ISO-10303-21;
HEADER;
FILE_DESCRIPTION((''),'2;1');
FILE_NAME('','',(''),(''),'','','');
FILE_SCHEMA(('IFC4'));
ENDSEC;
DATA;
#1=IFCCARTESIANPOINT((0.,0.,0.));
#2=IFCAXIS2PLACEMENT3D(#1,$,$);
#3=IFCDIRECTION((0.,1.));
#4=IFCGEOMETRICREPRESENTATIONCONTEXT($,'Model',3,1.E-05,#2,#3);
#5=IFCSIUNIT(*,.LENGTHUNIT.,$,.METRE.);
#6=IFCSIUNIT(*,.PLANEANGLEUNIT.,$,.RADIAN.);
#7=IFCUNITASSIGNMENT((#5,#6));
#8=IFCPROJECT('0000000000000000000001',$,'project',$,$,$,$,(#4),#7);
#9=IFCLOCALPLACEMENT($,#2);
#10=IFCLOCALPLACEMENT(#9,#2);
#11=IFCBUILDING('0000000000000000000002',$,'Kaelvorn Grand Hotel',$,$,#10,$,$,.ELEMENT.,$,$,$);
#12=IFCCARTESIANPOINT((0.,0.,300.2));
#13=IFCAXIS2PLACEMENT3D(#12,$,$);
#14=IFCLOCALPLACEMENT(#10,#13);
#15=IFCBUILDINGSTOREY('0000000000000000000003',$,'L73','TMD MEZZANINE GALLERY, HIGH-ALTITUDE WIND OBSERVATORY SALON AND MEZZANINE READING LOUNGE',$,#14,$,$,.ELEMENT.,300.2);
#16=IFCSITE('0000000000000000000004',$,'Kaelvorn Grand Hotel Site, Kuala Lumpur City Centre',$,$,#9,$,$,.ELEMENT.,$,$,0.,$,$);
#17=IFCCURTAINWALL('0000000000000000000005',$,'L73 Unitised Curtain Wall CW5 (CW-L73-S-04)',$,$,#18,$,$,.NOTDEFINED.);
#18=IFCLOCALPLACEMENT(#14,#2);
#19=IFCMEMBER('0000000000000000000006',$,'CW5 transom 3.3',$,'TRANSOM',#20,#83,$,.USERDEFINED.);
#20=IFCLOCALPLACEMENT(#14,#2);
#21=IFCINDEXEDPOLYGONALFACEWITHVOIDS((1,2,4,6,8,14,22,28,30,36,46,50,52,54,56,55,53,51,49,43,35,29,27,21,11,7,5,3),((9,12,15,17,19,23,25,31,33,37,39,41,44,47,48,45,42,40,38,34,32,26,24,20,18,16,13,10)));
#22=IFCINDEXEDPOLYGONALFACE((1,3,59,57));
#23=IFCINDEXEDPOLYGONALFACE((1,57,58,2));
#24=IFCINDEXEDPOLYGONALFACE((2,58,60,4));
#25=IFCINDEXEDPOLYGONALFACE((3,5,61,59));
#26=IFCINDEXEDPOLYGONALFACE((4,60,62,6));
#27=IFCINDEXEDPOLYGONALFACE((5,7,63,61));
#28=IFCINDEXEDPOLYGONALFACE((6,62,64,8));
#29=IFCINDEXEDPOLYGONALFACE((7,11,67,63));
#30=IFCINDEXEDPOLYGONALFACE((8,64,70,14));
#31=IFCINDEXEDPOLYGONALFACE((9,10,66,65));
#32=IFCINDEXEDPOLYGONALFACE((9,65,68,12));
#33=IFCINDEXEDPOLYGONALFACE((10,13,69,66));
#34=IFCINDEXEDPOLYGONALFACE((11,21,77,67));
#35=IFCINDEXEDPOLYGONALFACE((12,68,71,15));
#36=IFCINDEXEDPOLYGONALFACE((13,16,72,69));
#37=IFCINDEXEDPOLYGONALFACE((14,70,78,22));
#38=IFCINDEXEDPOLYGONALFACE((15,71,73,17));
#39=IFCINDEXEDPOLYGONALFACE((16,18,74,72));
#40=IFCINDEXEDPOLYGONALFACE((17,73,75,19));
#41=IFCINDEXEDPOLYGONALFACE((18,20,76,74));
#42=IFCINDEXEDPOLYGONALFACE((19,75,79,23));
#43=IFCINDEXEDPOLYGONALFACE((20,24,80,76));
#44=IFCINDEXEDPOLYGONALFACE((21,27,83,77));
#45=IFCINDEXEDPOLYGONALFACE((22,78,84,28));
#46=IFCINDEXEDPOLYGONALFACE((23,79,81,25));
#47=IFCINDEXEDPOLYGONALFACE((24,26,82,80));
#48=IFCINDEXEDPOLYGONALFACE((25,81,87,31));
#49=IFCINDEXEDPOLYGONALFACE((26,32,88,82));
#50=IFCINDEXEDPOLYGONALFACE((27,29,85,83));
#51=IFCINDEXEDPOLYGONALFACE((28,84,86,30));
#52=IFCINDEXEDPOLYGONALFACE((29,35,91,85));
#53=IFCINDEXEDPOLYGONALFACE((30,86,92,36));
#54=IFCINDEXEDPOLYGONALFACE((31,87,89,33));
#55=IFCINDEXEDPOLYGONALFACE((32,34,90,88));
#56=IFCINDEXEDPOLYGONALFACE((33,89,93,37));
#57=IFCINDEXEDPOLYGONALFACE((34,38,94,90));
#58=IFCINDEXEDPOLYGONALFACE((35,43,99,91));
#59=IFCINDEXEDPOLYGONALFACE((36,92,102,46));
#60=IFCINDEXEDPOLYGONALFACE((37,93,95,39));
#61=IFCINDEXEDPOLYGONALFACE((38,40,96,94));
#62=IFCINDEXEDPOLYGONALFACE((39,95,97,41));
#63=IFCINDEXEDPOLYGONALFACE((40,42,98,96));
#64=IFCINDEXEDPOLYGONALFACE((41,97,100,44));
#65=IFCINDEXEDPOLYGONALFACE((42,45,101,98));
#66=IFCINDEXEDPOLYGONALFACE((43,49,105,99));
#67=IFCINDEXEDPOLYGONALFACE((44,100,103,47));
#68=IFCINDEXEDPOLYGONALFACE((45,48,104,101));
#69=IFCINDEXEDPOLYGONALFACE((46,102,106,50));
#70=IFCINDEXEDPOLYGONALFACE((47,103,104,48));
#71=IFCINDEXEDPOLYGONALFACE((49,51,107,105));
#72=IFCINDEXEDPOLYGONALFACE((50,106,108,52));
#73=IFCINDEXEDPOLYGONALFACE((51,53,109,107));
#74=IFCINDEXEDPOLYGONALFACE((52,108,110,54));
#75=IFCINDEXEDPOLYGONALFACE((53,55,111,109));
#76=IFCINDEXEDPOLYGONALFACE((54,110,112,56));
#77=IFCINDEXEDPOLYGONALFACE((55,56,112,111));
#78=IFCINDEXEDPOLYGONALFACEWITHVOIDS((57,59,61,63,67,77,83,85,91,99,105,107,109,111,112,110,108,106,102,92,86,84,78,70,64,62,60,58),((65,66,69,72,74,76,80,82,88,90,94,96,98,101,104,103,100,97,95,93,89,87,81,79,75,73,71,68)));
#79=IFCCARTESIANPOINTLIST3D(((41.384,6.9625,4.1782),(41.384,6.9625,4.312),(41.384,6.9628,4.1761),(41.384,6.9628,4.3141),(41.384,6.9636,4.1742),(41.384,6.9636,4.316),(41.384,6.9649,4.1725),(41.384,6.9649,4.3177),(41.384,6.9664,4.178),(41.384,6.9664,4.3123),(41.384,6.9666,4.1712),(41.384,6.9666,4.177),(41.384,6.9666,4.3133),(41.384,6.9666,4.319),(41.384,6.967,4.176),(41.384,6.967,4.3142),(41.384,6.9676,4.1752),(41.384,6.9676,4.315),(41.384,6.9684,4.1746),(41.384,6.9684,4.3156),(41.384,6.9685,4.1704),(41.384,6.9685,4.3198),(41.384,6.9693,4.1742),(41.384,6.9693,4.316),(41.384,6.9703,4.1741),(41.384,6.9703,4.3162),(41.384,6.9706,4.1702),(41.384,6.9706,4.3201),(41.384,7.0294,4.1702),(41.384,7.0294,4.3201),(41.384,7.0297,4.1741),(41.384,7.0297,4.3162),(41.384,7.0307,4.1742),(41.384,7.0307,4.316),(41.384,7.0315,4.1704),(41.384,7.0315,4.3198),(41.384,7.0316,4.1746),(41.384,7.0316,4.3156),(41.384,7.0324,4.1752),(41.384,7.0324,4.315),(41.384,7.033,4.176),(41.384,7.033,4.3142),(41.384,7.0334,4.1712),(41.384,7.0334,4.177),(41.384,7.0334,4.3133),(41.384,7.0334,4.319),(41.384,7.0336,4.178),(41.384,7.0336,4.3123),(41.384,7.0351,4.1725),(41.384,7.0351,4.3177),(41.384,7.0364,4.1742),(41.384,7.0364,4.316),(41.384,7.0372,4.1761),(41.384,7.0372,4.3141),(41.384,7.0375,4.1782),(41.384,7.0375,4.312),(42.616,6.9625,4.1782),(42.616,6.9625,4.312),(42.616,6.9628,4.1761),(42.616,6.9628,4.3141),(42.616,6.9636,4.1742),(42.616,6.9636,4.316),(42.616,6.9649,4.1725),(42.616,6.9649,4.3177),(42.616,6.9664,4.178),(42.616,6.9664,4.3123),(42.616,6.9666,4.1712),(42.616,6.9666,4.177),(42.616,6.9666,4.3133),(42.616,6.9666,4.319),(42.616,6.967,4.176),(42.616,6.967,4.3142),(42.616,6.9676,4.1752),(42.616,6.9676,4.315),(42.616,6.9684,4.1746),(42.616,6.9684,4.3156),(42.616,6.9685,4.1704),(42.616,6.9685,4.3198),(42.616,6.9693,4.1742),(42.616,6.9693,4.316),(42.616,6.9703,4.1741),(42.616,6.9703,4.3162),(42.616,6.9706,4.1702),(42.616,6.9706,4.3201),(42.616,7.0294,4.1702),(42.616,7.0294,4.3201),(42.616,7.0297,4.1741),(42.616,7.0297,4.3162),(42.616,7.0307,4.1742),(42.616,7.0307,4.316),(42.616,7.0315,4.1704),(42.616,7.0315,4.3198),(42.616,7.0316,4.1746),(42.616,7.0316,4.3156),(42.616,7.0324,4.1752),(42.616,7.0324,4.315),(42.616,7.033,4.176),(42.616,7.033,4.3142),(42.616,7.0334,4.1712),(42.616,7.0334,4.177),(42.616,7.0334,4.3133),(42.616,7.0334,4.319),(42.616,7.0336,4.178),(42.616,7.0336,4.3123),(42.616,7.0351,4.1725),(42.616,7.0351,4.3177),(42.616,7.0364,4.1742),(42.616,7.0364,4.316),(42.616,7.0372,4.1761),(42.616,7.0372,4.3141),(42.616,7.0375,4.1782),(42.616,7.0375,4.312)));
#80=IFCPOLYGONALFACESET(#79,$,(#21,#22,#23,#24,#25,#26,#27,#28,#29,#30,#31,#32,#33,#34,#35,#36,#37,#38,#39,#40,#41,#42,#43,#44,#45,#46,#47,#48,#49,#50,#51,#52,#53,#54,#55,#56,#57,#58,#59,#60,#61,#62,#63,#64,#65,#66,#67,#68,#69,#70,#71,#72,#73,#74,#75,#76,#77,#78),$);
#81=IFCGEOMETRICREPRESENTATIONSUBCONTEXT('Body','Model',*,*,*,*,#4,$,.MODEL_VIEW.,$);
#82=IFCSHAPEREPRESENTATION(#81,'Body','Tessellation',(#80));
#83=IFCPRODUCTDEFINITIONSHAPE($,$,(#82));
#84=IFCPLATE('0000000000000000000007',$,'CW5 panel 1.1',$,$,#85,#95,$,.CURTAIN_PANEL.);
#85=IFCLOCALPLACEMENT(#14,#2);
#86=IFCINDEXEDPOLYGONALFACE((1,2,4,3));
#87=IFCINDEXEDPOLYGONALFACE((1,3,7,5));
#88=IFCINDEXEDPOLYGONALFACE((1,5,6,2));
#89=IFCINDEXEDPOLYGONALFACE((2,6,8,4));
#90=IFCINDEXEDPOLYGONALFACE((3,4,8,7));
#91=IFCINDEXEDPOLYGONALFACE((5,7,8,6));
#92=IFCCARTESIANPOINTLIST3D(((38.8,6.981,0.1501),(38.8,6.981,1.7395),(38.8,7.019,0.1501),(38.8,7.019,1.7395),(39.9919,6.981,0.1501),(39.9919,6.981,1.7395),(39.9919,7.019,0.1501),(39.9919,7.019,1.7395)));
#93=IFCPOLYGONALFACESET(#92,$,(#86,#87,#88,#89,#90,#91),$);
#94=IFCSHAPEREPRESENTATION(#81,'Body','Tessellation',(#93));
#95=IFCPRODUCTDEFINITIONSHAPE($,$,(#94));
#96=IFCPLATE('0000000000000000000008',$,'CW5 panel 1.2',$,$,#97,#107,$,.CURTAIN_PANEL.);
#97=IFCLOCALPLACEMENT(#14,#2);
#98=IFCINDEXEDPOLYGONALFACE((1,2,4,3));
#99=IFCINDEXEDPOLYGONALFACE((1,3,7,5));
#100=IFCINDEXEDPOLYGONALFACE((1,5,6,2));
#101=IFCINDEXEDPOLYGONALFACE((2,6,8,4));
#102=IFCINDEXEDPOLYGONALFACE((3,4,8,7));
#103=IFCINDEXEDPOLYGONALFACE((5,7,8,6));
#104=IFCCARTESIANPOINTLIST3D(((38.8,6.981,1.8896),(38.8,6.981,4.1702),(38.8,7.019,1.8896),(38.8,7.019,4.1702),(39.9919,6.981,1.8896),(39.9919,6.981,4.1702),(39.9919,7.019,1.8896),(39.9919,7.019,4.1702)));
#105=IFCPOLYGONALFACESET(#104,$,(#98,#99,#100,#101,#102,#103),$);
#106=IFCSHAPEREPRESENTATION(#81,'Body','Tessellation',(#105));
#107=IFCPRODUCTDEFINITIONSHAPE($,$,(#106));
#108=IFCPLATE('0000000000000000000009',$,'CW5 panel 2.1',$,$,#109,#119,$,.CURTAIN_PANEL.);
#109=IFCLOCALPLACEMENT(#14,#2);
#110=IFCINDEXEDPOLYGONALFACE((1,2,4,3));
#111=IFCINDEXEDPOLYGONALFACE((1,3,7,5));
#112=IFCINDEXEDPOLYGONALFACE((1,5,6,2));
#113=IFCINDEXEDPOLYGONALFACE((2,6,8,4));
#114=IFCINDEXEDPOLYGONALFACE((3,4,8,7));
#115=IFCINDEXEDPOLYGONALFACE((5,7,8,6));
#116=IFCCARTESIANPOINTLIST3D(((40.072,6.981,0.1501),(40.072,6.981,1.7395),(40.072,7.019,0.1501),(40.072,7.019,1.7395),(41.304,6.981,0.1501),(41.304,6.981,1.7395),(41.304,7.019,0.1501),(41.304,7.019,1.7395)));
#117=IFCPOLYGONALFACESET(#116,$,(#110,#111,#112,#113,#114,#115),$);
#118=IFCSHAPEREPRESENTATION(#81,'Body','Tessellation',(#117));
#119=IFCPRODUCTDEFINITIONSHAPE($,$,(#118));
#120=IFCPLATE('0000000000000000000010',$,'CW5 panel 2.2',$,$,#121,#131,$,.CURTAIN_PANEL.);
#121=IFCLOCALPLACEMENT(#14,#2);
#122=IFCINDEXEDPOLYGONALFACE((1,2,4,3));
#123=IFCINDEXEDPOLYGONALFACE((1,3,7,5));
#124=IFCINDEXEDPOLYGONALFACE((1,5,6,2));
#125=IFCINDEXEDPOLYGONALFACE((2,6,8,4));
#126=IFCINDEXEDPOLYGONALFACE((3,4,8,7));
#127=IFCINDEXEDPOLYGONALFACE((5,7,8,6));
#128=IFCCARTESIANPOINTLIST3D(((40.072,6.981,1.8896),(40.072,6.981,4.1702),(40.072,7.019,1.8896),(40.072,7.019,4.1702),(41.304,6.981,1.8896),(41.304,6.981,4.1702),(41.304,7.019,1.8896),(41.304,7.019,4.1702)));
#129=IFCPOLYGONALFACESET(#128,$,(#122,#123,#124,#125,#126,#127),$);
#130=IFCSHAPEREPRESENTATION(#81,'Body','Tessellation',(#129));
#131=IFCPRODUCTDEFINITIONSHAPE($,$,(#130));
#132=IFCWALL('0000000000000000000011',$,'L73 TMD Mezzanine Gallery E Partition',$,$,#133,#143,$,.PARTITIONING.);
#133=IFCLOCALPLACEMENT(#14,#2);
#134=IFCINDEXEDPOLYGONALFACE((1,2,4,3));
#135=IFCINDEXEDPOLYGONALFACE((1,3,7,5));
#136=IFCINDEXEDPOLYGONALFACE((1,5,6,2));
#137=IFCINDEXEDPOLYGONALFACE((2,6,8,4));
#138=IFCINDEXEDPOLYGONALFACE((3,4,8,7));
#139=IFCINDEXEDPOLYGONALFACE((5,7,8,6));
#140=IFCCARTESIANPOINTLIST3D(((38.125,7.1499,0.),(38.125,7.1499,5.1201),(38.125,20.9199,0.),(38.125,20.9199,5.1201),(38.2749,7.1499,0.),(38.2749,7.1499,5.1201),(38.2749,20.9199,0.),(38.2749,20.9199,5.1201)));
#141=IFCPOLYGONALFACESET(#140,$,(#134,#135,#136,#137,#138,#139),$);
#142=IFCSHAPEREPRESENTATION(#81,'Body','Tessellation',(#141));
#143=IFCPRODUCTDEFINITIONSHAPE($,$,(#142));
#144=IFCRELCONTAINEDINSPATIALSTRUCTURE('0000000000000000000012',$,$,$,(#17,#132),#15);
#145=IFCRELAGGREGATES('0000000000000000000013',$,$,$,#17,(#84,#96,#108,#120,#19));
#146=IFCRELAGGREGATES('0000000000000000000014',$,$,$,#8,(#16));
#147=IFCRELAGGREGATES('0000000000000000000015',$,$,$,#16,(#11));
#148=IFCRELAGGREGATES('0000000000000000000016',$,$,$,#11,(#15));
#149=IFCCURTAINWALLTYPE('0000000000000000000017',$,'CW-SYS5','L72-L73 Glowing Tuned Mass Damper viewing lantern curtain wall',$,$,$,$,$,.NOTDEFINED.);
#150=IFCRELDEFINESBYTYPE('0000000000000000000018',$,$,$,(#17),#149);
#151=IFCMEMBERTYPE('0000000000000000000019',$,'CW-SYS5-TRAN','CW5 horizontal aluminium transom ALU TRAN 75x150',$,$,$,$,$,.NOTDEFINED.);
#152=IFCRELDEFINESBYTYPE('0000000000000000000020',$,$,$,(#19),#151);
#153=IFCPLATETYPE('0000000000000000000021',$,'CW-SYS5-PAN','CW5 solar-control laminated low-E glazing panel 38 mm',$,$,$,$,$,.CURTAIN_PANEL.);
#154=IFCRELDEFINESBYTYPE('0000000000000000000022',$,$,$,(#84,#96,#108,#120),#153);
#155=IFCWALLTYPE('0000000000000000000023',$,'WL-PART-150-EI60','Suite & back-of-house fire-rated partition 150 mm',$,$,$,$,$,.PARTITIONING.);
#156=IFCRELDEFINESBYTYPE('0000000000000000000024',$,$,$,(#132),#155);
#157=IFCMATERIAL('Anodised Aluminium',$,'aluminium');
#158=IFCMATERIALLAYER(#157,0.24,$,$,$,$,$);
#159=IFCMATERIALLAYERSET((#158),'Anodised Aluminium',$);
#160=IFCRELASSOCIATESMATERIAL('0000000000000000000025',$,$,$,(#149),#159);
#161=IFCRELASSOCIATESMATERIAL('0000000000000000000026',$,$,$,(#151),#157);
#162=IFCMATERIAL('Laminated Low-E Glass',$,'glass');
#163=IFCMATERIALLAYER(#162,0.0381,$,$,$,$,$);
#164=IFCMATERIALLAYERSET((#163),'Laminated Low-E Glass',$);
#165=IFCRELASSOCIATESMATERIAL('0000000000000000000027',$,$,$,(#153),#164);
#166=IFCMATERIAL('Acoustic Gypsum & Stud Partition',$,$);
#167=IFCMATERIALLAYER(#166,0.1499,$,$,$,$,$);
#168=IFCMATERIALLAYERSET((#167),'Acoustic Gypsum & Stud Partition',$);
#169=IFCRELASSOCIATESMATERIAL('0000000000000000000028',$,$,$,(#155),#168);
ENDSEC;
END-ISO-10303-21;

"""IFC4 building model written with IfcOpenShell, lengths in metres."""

from ifc_helpers import new_model, si_unit, direction, frame, frame_2d, origin, origin_2d, place, context, subcontext, project, spatial, rectangle, hollow_rectangle, extrude, material, layer, layer_set, material_profile, profile_set, type_object, element, aggregate, save


model = new_model("IFC4")

# Units and contexts
model_context = context("Model", 3, precision=1e-05, world=origin(), true_north=direction((0.0, 1.0)))
body_context = subcontext(model_context, "Body", "Model", "MODEL_VIEW")
ifc_project = project(units=[si_unit("LENGTHUNIT", "METRE"), si_unit("PLANEANGLEUNIT", "RADIAN")], contexts=[model_context])

# Site, building, storey
site_placement = place(None, origin())
site = spatial("IfcSite", under=ifc_project, at=site_placement, Name="Kaelvorn Grand Hotel Site, Kuala Lumpur City Centre", CompositionType="ELEMENT", RefElevation=0.0)
building_placement = place(site_placement, origin())
building = spatial("IfcBuilding", under=site, at=building_placement, Name="Kaelvorn Grand Hotel", CompositionType="ELEMENT")
storey_placement = place(building_placement, frame((0.0, 0.0, 300.2)))
storey = spatial("IfcBuildingStorey", under=building, at=storey_placement, Name="L73", Description="TMD MEZZANINE GALLERY, HIGH-ALTITUDE WIND OBSERVATORY SALON AND MEZZANINE READING LOUNGE", CompositionType="ELEMENT", Elevation=300.2)

# Curtain wall, member, plates
ifc_material_1 = material(Name="Anodised Aluminium", Category="aluminium")
ifc_layer_1 = layer(ifc_material_1, 0.24)
ifc_layer_set_1 = layer_set([ifc_layer_1], Name="Anodised Aluminium")
curtain_wall_type = type_object("IfcCurtainWallType", Name="CW-SYS5", Description="L72-L73 Glowing Tuned Mass Damper viewing lantern curtain wall", PredefinedType="NOTDEFINED", material=ifc_layer_set_1)
curtain_wall_placement = place(storey_placement, origin())
curtain_wall = element("IfcCurtainWall", 1, at=curtain_wall_placement, inside=storey, type_object=curtain_wall_type, Name="L73 Unitised Curtain Wall CW5 (CW-L73-S-04)", PredefinedType="NOTDEFINED")
ifc_material_profile_1 = material_profile(ifc_material_1, hollow_rectangle(XDim=0.075, YDim=0.1499, WallThickness=0.0039, InnerFilletRadius=0.0039, OuterFilletRadius=0.0081, at=origin_2d()), Name="ALU TRAN 75x150")
ifc_profile_set_1 = profile_set([ifc_material_profile_1], Name="Anodised Aluminium")
member_type_1 = type_object("IfcMemberType", Name="CW-SYS5-TRAN", Description="CW5 horizontal aluminium transom ALU TRAN 75x150", PredefinedType="NOTDEFINED", material=ifc_profile_set_1)
member_1_placement = place(storey_placement, frame((41.384, 7.0, 4.2451), z_axis=(1.0, 0.0, 0.0), x_axis=(0.0, 1.0, 0.0)))
member_1 = element("IfcMember", 2, at=member_1_placement, type_object=member_type_1, Name="CW5 transom 3.3", ObjectType="TRANSOM", PredefinedType="USERDEFINED", context=body_context, shape_type="SweptSolid", body=[
    extrude(hollow_rectangle(XDim=0.075, YDim=0.1499, WallThickness=0.0039, InnerFilletRadius=0.0039, OuterFilletRadius=0.0081, at=origin_2d()), origin(), (0.0, 0.0, 1.0), 1.2319),
])
ifc_material_2 = material(Name="Laminated Low-E Glass", Category="glass")
ifc_layer_2 = layer(ifc_material_2, 0.0381)
ifc_layer_set_2 = layer_set([ifc_layer_2], Name="Laminated Low-E Glass")
plate_type = type_object("IfcPlateType", Name="CW-SYS5-PAN", Description="CW5 solar-control laminated low-E glazing panel 38 mm", PredefinedType="CURTAIN_PANEL", material=ifc_layer_set_2)
plate_1_placement = place(storey_placement, frame((39.396, 7.0, 0.1501), z_axis=(0.0, 0.0, 1.0), x_axis=(1.0, 0.0, 0.0)))
plate_1 = element("IfcPlate", 3, at=plate_1_placement, type_object=plate_type, Name="CW5 panel 1.1", PredefinedType="CURTAIN_PANEL", context=body_context, shape_type="SweptSolid", body=[
    extrude(rectangle(XDim=1.1919, YDim=0.0381, at=origin_2d()), origin(), (0.0, 0.0, 1.0), 1.5894),
])
plate_2_placement = place(storey_placement, frame((39.396, 7.0, 1.8896), z_axis=(0.0, 0.0, 1.0), x_axis=(1.0, 0.0, 0.0)))
plate_2 = element("IfcPlate", 4, at=plate_2_placement, type_object=plate_type, Name="CW5 panel 1.2", PredefinedType="CURTAIN_PANEL", context=body_context, shape_type="SweptSolid", body=[
    extrude(rectangle(XDim=1.1919, YDim=0.0381, at=origin_2d()), origin(), (0.0, 0.0, 1.0), 2.2805),
])
plate_3_placement = place(storey_placement, frame((40.688, 7.0, 0.1501), z_axis=(0.0, 0.0, 1.0), x_axis=(1.0, 0.0, 0.0)))
plate_3 = element("IfcPlate", 5, at=plate_3_placement, type_object=plate_type, Name="CW5 panel 2.1", PredefinedType="CURTAIN_PANEL", context=body_context, shape_type="SweptSolid", body=[
    extrude(rectangle(XDim=1.2319, YDim=0.0381, at=origin_2d()), origin(), (0.0, 0.0, 1.0), 1.5894),
])
plate_4_placement = place(storey_placement, frame((40.688, 7.0, 1.8896), z_axis=(0.0, 0.0, 1.0), x_axis=(1.0, 0.0, 0.0)))
plate_4 = element("IfcPlate", 6, at=plate_4_placement, type_object=plate_type, Name="CW5 panel 2.2", PredefinedType="CURTAIN_PANEL", context=body_context, shape_type="SweptSolid", body=[
    extrude(rectangle(XDim=1.2319, YDim=0.0381, at=origin_2d()), origin(), (0.0, 0.0, 1.0), 2.2805),
])
aggregate(curtain_wall, [plate_1, plate_2, plate_3, plate_4, member_1])

# Wall
ifc_material_3 = material(Name="Acoustic Gypsum & Stud Partition")
ifc_layer_3 = layer(ifc_material_3, 0.1499)
ifc_layer_set_3 = layer_set([ifc_layer_3], Name="Acoustic Gypsum & Stud Partition")
wall_type = type_object("IfcWallType", Name="WL-PART-150-EI60", Description="Suite & back-of-house fire-rated partition 150 mm", PredefinedType="PARTITIONING", material=ifc_layer_set_3)
wall_placement = place(storey_placement, frame((38.2, 7.1499, 0.0), z_axis=(0.0, 0.0, 1.0), x_axis=(0.0, 1.0, 0.0)))
element("IfcWall", 7, at=wall_placement, inside=storey, type_object=wall_type, Name="L73 TMD Mezzanine Gallery E Partition", PredefinedType="PARTITIONING", context=body_context, shape_type="SweptSolid", body=[
    extrude(rectangle(XDim=13.77, YDim=0.1499, at=frame_2d((6.885, 0.0))), origin(), (0.0, 0.0, 1.0), 5.1201),
])

save(model, "model.ifc")
